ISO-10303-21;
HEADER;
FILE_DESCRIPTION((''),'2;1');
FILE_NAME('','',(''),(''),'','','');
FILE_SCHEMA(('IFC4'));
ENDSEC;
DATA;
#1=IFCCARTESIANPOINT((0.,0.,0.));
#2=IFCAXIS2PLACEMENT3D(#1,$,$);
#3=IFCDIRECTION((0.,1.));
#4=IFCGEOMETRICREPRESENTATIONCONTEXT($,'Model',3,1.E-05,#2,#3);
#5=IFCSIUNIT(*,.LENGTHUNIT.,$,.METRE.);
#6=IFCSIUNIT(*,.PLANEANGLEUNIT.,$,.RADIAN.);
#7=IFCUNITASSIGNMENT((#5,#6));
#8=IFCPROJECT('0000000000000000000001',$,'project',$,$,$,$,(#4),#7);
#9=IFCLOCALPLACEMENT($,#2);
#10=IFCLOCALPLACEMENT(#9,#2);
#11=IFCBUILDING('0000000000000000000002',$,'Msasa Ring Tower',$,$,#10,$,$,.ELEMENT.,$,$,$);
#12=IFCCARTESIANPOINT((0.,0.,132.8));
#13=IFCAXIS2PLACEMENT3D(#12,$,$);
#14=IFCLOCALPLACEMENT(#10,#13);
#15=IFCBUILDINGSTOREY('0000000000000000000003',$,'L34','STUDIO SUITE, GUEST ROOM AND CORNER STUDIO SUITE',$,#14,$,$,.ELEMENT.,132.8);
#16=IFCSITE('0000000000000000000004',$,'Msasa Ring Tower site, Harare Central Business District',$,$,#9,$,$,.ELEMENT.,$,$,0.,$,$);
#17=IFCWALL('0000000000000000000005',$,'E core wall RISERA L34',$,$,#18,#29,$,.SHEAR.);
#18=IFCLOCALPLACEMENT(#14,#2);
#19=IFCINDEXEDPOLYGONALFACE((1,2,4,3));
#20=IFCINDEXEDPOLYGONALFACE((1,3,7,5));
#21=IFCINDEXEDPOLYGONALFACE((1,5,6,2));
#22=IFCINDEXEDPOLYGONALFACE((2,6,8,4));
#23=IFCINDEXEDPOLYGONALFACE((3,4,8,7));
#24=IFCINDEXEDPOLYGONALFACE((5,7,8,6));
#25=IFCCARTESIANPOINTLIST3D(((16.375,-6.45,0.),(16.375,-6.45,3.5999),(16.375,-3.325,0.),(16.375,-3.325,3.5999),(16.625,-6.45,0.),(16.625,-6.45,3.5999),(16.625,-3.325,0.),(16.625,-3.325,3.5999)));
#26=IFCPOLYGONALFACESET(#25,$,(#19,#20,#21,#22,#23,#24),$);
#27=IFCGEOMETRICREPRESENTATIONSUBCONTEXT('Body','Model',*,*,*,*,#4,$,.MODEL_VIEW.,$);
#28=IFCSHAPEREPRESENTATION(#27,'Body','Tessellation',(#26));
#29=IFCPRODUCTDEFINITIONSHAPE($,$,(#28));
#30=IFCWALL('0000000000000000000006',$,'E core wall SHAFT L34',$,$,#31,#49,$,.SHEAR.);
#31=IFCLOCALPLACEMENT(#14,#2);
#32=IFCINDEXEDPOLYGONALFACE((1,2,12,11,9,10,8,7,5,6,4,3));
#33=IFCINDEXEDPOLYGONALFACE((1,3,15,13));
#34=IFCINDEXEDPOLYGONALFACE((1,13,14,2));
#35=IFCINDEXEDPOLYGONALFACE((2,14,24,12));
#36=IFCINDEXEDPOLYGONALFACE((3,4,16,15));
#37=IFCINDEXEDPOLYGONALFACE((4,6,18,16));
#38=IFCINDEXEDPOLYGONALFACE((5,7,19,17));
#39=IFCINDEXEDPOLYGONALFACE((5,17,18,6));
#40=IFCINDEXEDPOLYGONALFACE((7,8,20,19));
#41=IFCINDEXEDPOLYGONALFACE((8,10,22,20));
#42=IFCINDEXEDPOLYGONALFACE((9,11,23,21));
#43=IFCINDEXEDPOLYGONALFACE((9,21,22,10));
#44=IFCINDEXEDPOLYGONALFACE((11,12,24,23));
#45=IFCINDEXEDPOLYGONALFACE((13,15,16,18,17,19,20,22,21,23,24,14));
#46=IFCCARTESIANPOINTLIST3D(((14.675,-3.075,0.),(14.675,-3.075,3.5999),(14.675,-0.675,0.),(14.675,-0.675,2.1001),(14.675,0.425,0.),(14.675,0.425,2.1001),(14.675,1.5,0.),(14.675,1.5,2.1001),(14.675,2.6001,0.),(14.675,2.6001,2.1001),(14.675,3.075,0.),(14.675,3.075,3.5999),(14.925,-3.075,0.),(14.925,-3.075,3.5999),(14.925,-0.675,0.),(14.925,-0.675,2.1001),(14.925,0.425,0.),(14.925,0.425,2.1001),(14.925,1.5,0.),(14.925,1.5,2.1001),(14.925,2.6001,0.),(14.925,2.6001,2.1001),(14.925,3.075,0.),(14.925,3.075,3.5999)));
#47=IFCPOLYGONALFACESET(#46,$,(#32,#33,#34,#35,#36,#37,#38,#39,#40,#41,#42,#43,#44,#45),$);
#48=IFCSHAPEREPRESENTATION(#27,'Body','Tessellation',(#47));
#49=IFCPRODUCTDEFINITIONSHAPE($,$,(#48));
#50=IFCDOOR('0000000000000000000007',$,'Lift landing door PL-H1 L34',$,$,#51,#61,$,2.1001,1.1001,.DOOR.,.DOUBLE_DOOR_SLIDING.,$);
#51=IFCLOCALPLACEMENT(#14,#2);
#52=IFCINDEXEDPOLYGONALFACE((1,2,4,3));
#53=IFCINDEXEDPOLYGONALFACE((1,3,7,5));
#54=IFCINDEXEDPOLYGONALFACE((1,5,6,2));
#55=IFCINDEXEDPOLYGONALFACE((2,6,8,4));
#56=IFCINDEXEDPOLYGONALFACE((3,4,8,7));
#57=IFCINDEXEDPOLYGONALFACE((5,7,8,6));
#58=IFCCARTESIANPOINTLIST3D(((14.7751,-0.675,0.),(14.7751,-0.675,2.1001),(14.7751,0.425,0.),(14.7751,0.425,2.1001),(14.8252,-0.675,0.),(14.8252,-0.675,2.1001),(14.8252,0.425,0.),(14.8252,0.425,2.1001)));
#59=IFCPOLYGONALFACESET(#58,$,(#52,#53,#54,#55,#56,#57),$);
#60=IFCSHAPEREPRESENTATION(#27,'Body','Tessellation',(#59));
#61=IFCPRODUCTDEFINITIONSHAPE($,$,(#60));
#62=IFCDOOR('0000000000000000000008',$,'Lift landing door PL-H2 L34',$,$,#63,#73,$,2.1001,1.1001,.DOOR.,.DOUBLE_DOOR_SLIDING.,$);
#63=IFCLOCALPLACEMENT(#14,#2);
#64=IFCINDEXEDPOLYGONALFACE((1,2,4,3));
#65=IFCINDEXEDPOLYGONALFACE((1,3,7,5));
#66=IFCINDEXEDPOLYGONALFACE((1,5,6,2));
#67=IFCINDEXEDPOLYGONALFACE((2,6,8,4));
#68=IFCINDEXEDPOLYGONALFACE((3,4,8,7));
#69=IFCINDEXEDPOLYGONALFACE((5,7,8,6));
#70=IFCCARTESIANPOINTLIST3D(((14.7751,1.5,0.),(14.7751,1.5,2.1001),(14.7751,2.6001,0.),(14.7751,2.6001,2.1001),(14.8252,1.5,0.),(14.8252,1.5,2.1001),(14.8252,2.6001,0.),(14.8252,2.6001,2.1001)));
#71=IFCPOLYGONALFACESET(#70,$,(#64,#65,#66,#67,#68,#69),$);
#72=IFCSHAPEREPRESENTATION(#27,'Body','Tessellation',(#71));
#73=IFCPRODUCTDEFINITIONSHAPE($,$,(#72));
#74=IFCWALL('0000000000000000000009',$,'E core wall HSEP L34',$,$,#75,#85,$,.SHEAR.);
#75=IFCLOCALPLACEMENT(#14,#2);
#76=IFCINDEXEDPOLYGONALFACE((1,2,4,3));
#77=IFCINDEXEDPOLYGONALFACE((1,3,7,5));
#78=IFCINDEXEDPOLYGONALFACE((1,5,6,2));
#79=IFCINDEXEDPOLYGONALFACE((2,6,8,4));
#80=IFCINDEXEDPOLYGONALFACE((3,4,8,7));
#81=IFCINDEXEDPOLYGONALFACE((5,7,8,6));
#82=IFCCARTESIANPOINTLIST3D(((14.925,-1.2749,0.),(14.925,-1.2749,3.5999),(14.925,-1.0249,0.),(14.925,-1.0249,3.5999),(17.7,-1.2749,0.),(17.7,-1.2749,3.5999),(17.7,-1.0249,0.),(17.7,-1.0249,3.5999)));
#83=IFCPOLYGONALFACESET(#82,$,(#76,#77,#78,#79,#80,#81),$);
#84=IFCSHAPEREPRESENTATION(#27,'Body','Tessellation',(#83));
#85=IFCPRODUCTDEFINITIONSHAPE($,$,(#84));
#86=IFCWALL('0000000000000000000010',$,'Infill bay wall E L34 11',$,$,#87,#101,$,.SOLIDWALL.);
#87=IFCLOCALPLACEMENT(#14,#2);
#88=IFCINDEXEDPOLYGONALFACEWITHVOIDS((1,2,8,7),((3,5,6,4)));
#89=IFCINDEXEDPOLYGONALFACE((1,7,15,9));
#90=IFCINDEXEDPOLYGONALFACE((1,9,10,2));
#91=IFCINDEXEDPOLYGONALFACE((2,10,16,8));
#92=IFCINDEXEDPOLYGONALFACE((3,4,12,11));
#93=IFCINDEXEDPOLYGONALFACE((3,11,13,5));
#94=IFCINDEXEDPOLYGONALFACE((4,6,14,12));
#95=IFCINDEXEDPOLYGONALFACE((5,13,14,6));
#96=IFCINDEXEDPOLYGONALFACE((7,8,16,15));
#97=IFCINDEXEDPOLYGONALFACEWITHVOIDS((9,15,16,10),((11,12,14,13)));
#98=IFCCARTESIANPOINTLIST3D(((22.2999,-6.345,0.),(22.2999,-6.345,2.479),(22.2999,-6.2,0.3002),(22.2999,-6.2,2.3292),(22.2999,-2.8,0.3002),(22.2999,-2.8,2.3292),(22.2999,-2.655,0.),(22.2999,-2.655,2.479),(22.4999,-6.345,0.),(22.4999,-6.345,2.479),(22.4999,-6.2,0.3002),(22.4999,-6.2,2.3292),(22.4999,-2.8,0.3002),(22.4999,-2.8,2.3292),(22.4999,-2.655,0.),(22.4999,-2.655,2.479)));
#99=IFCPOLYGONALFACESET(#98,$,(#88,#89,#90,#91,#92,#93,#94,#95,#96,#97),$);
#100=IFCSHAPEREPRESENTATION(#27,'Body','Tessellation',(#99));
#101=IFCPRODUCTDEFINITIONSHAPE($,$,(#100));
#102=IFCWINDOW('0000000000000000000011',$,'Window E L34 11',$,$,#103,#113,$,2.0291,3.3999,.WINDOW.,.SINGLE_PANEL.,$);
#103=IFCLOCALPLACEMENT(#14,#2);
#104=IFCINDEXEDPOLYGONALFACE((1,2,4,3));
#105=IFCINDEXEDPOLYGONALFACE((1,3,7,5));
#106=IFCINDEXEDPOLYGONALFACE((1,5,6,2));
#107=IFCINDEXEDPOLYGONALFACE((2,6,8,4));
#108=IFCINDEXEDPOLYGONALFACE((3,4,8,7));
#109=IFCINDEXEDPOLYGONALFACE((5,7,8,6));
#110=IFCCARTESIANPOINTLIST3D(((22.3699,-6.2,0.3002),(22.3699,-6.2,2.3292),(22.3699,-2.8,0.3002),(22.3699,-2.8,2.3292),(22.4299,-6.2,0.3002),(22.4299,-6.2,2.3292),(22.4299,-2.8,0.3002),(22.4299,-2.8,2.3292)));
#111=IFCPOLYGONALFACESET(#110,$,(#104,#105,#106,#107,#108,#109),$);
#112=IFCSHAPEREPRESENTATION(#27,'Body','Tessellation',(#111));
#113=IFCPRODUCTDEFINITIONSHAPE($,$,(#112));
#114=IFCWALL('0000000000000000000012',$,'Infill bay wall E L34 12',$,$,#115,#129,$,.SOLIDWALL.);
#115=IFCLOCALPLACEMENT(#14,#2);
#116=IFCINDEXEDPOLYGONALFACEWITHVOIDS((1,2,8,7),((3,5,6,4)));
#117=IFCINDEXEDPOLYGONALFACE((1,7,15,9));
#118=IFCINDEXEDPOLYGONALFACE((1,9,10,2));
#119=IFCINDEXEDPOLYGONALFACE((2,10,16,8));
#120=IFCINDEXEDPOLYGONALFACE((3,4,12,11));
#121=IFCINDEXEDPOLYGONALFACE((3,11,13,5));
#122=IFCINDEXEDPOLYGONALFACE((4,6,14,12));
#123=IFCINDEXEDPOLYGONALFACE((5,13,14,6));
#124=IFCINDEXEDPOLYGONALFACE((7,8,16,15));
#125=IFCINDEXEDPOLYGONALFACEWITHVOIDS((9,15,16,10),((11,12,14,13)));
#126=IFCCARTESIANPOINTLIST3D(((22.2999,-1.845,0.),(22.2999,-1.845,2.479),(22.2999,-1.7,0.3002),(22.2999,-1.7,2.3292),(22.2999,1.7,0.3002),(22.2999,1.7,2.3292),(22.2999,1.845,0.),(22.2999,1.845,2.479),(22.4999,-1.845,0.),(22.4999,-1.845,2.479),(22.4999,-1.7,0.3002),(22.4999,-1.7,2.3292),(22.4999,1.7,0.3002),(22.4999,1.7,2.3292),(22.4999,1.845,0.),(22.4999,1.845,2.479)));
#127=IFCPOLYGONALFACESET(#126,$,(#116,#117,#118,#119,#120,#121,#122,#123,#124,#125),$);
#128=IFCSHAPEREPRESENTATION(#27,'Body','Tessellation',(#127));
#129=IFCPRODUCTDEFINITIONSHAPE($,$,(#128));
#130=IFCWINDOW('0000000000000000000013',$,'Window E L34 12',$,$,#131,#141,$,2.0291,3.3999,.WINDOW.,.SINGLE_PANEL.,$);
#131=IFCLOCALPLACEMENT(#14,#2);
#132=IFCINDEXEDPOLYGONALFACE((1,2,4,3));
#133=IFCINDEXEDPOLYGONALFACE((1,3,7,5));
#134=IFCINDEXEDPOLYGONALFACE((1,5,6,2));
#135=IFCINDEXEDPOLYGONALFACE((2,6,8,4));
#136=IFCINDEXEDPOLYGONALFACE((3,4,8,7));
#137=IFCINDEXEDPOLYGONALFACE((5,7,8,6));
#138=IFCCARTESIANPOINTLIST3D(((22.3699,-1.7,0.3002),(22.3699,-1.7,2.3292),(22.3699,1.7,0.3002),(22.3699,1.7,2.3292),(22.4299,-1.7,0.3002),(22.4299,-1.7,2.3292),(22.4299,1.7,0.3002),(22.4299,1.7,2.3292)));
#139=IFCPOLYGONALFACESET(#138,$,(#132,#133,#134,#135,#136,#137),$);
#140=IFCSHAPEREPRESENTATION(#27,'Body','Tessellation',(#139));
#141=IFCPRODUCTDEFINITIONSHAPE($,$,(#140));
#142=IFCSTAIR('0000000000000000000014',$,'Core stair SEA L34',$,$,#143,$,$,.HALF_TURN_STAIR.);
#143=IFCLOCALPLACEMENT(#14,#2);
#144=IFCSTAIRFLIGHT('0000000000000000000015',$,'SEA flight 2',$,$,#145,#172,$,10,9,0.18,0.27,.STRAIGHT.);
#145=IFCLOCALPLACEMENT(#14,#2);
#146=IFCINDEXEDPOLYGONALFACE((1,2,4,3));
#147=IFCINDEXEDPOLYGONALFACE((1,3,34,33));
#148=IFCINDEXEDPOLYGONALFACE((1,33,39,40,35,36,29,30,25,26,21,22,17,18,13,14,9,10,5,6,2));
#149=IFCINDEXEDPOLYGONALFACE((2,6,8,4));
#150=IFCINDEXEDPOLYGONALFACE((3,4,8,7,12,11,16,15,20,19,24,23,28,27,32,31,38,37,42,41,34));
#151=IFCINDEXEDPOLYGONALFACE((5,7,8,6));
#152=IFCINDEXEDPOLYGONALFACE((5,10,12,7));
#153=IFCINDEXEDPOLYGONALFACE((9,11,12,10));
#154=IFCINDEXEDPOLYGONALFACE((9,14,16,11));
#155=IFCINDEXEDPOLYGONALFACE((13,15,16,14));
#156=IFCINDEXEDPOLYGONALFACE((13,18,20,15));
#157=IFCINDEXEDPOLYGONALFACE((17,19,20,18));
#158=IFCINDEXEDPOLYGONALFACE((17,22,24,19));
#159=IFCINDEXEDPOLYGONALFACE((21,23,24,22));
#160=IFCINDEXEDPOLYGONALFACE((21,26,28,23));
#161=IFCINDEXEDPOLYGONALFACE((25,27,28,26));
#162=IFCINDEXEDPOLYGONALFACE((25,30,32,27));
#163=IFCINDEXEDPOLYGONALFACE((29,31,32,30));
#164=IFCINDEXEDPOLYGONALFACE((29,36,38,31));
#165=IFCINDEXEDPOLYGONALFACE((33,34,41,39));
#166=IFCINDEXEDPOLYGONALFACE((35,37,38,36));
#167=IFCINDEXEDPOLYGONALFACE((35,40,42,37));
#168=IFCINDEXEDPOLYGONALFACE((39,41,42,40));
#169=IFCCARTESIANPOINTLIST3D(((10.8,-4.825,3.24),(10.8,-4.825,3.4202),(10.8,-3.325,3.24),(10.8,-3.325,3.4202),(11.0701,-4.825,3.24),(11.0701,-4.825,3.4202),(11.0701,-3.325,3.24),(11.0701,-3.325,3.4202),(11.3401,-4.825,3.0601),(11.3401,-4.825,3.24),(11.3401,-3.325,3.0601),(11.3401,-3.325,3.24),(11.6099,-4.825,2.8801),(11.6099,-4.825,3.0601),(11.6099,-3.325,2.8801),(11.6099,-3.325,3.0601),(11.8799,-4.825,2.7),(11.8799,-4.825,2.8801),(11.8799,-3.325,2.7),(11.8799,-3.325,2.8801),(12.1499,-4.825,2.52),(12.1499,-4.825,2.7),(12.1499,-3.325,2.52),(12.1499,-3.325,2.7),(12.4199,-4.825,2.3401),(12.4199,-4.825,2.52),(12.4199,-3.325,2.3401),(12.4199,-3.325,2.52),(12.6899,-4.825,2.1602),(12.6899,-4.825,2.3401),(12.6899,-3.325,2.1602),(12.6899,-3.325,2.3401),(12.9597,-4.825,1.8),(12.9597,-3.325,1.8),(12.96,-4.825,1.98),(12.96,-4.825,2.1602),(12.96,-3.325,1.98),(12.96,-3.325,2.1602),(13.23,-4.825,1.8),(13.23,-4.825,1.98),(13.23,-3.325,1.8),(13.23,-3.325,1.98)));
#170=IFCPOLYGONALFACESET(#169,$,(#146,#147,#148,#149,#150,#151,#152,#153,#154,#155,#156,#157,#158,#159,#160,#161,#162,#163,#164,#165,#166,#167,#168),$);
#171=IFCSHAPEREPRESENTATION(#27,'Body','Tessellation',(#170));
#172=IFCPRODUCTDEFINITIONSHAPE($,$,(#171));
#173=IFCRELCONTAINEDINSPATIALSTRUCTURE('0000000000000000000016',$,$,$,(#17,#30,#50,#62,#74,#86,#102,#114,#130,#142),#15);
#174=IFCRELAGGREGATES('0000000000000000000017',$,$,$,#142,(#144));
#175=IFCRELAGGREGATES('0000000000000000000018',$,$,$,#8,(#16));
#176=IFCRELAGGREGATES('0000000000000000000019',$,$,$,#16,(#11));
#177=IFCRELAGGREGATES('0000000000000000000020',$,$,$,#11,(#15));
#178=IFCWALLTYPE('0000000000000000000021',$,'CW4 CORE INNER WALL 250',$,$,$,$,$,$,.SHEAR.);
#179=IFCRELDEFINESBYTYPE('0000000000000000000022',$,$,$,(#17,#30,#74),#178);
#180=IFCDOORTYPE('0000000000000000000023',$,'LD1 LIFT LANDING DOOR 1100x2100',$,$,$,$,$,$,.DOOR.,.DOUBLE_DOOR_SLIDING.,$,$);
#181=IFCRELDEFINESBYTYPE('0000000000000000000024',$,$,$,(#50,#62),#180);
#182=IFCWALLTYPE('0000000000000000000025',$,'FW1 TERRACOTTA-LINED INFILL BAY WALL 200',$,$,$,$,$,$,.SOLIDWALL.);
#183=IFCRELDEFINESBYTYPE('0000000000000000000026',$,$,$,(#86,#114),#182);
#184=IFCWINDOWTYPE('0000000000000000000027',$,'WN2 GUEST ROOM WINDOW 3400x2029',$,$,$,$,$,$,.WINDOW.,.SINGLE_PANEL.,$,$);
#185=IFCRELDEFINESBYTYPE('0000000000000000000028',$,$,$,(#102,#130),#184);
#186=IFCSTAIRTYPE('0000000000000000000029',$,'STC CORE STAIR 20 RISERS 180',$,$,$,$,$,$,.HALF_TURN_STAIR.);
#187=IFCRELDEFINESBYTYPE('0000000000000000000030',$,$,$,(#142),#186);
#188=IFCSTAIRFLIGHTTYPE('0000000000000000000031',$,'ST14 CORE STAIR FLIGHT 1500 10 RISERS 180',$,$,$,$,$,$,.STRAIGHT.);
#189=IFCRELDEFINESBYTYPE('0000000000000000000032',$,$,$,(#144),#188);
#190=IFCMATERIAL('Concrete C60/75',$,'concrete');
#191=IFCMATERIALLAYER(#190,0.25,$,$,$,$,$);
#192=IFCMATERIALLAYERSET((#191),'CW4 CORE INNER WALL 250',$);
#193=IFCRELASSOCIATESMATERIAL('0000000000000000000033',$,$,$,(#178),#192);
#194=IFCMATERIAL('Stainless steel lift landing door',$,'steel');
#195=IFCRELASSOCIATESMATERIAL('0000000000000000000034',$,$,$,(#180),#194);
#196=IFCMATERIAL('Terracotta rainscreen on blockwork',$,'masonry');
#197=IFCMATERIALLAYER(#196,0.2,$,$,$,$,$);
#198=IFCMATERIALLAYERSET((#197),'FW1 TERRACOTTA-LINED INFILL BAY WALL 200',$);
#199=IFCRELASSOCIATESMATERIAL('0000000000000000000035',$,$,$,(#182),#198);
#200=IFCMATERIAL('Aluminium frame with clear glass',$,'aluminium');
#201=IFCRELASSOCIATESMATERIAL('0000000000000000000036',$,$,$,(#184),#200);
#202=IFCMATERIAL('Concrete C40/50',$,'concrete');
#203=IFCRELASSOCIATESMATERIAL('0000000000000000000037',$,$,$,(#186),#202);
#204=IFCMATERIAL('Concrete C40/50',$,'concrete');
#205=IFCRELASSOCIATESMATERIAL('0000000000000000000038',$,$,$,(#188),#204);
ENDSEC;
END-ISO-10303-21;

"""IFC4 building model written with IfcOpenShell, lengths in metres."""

from ifc_helpers import new_model, si_unit, direction, frame, frame_2d, origin, place, context, subcontext, project, spatial, polyline, rectangle, outline, extrude, material, layer, layer_set, type_object, element, fill, aggregate, save


model = new_model("IFC4")

# Units and contexts
model_context = context("Model", 3, precision=1e-05, world=origin(), true_north=direction((0.0, 1.0)))
body_context = subcontext(model_context, "Body", "Model", "MODEL_VIEW")
ifc_project = project(units=[si_unit("LENGTHUNIT", "METRE"), si_unit("PLANEANGLEUNIT", "RADIAN")], contexts=[model_context])

# Site, building, storey
site_placement = place(None, origin())
site = spatial("IfcSite", under=ifc_project, at=site_placement, Name="Msasa Ring Tower site, Harare Central Business District", CompositionType="ELEMENT", RefElevation=0.0)
building_placement = place(site_placement, origin())
building = spatial("IfcBuilding", under=site, at=building_placement, Name="Msasa Ring Tower", CompositionType="ELEMENT")
storey_placement = place(building_placement, frame((0.0, 0.0, 132.8)))
storey = spatial("IfcBuildingStorey", under=building, at=storey_placement, Name="L34", Description="STUDIO SUITE, GUEST ROOM AND CORNER STUDIO SUITE", CompositionType="ELEMENT", Elevation=132.8)

# Wall
ifc_material_1 = material(Name="Concrete C60/75", Category="concrete")
ifc_layer_1 = layer(ifc_material_1, 0.25)
ifc_layer_set_1 = layer_set([ifc_layer_1], Name="CW4 CORE INNER WALL 250")
wall_type_1 = type_object("IfcWallType", Name="CW4 CORE INNER WALL 250", PredefinedType="SHEAR", material=ifc_layer_set_1)
wall_1_placement = place(storey_placement, frame((16.5, -6.45, 0.0), z_axis=(0.0, 0.0, 1.0), x_axis=(0.0, 1.0, 0.0)))
element("IfcWall", 1, at=wall_1_placement, inside=storey, type_object=wall_type_1, Name="E core wall RISERA L34", PredefinedType="SHEAR", context=body_context, shape_type="SweptSolid", body=[
    extrude(rectangle(XDim=3.125, YDim=0.25, at=frame_2d((1.5625, 0.0))), origin(), (0.0, 0.0, 1.0), 3.5999),
])

# Wall, openings, doors
wall_2_placement = place(storey_placement, frame((14.8, -3.075, 0.0), z_axis=(0.0, 0.0, 1.0), x_axis=(0.0, 1.0, 0.0)))
wall_2 = element("IfcWall", 2, at=wall_2_placement, inside=storey, type_object=wall_type_1, Name="E core wall SHAFT L34", PredefinedType="SHEAR", context=body_context, shape_type="SweptSolid", body=[
    extrude(rectangle(XDim=6.1499, YDim=0.25, at=frame_2d((3.075, 0.0))), origin(), (0.0, 0.0, 1.0), 3.5999),
])
opening_1_placement = place(wall_2_placement, frame((2.3999, 0.0, 0.0)))
opening_1 = element("IfcOpeningElement", 3, at=opening_1_placement, cuts=wall_2, PredefinedType="OPENING", context=body_context, shape_type="SweptSolid", body=[
    extrude(rectangle(XDim=1.1001, YDim=2.1001, at=frame_2d((0.55, 1.05))), frame((0.0, 0.135, 0.0), z_axis=(0.0, -1.0, 0.0), x_axis=(1.0, 0.0, 0.0)), (0.0, 0.0, 1.0), 0.27),
])
opening_2_placement = place(wall_2_placement, frame((4.575, 0.0, 0.0)))
opening_2 = element("IfcOpeningElement", 4, at=opening_2_placement, cuts=wall_2, PredefinedType="OPENING", context=body_context, shape_type="SweptSolid", body=[
    extrude(rectangle(XDim=1.1001, YDim=2.1001, at=frame_2d((0.55, 1.05))), frame((0.0, 0.135, 0.0), z_axis=(0.0, -1.0, 0.0), x_axis=(1.0, 0.0, 0.0)), (0.0, 0.0, 1.0), 0.27),
])
ifc_material_2 = material(Name="Stainless steel lift landing door", Category="steel")
door_type = type_object("IfcDoorType", Name="LD1 LIFT LANDING DOOR 1100x2100", OperationType="DOUBLE_DOOR_SLIDING", PredefinedType="DOOR", material=ifc_material_2)
door_1_placement = place(opening_1_placement, origin())
door_1 = element("IfcDoor", 5, at=door_1_placement, inside=storey, type_object=door_type, Name="Lift landing door PL-H1 L34", OperationType="DOUBLE_DOOR_SLIDING", OverallHeight=2.1001, OverallWidth=1.1001, PredefinedType="DOOR", context=body_context, shape_type="SweptSolid", body=[
    extrude(rectangle(XDim=1.1001, YDim=2.1001, at=frame_2d((0.55, 1.05))), frame((0.0, 0.0249, 0.0), z_axis=(0.0, -1.0, 0.0), x_axis=(1.0, 0.0, 0.0)), (0.0, 0.0, 1.0), 0.05),
])
fill(opening_1, door_1)
door_2_placement = place(opening_2_placement, origin())
door_2 = element("IfcDoor", 6, at=door_2_placement, inside=storey, type_object=door_type, Name="Lift landing door PL-H2 L34", OperationType="DOUBLE_DOOR_SLIDING", OverallHeight=2.1001, OverallWidth=1.1001, PredefinedType="DOOR", context=body_context, shape_type="SweptSolid", body=[
    extrude(rectangle(XDim=1.1001, YDim=2.1001, at=frame_2d((0.55, 1.05))), frame((0.0, 0.0249, 0.0), z_axis=(0.0, -1.0, 0.0), x_axis=(1.0, 0.0, 0.0)), (0.0, 0.0, 1.0), 0.05),
])
fill(opening_2, door_2)

# Wall
wall_3_placement = place(storey_placement, frame((14.925, -1.1499, 0.0), z_axis=(0.0, 0.0, 1.0), x_axis=(1.0, 0.0, 0.0)))
element("IfcWall", 7, at=wall_3_placement, inside=storey, type_object=wall_type_1, Name="E core wall HSEP L34", PredefinedType="SHEAR", context=body_context, shape_type="SweptSolid", body=[
    extrude(rectangle(XDim=2.7749, YDim=0.25, at=frame_2d((1.3875, 0.0))), origin(), (0.0, 0.0, 1.0), 3.5999),
])

# Walls, openings, windows
ifc_material_3 = material(Name="Terracotta rainscreen on blockwork", Category="masonry")
ifc_layer_2 = layer(ifc_material_3, 0.2)
ifc_layer_set_2 = layer_set([ifc_layer_2], Name="FW1 TERRACOTTA-LINED INFILL BAY WALL 200")
wall_type_2 = type_object("IfcWallType", Name="FW1 TERRACOTTA-LINED INFILL BAY WALL 200", PredefinedType="SOLIDWALL", material=ifc_layer_set_2)
wall_4_placement = place(storey_placement, frame((22.3999, -6.345, 0.0), z_axis=(0.0, 0.0, 1.0), x_axis=(0.0, 1.0, 0.0)))
wall_4 = element("IfcWall", 8, at=wall_4_placement, inside=storey, type_object=wall_type_2, Name="Infill bay wall E L34 11", PredefinedType="SOLIDWALL", context=body_context, shape_type="SweptSolid", body=[
    extrude(rectangle(XDim=3.6899, YDim=0.2, at=frame_2d((1.845, 0.0))), origin(), (0.0, 0.0, 1.0), 2.479),
])
opening_3_placement = place(wall_4_placement, frame((0.145, 0.0, 0.3)))
opening_3 = element("IfcOpeningElement", 9, at=opening_3_placement, cuts=wall_4, PredefinedType="OPENING", context=body_context, shape_type="SweptSolid", body=[
    extrude(rectangle(XDim=3.3999, YDim=2.0291, at=frame_2d((1.7, 1.0146))), frame((0.0, 0.1099, 0.0), z_axis=(0.0, -1.0, 0.0), x_axis=(1.0, 0.0, 0.0)), (0.0, 0.0, 1.0), 0.22),
])
ifc_material_4 = material(Name="Aluminium frame with clear glass", Category="aluminium")
window_type = type_object("IfcWindowType", Name="WN2 GUEST ROOM WINDOW 3400x2029", PartitioningType="SINGLE_PANEL", PredefinedType="WINDOW", material=ifc_material_4)
window_1_placement = place(opening_3_placement, origin())
window_1 = element("IfcWindow", 10, at=window_1_placement, inside=storey, type_object=window_type, Name="Window E L34 11", OverallHeight=2.0291, OverallWidth=3.3999, PartitioningType="SINGLE_PANEL", PredefinedType="WINDOW", context=body_context, shape_type="SweptSolid", body=[
    extrude(rectangle(XDim=3.3999, YDim=2.0291, at=frame_2d((1.7, 1.0146))), frame((0.0, 0.03, 0.0), z_axis=(0.0, -1.0, 0.0), x_axis=(1.0, 0.0, 0.0)), (0.0, 0.0, 1.0), 0.0601),
])
fill(opening_3, window_1)
wall_5_placement = place(storey_placement, frame((22.3999, -1.845, 0.0), z_axis=(0.0, 0.0, 1.0), x_axis=(0.0, 1.0, 0.0)))
wall_5 = element("IfcWall", 11, at=wall_5_placement, inside=storey, type_object=wall_type_2, Name="Infill bay wall E L34 12", PredefinedType="SOLIDWALL", context=body_context, shape_type="SweptSolid", body=[
    extrude(rectangle(XDim=3.6899, YDim=0.2, at=frame_2d((1.845, 0.0))), origin(), (0.0, 0.0, 1.0), 2.479),
])
opening_4_placement = place(wall_5_placement, frame((0.145, 0.0, 0.3)))
opening_4 = element("IfcOpeningElement", 12, at=opening_4_placement, cuts=wall_5, PredefinedType="OPENING", context=body_context, shape_type="SweptSolid", body=[
    extrude(rectangle(XDim=3.3999, YDim=2.0291, at=frame_2d((1.7, 1.0146))), frame((0.0, 0.1099, 0.0), z_axis=(0.0, -1.0, 0.0), x_axis=(1.0, 0.0, 0.0)), (0.0, 0.0, 1.0), 0.22),
])
window_2_placement = place(opening_4_placement, origin())
window_2 = element("IfcWindow", 13, at=window_2_placement, inside=storey, type_object=window_type, Name="Window E L34 12", OverallHeight=2.0291, OverallWidth=3.3999, PartitioningType="SINGLE_PANEL", PredefinedType="WINDOW", context=body_context, shape_type="SweptSolid", body=[
    extrude(rectangle(XDim=3.3999, YDim=2.0291, at=frame_2d((1.7, 1.0146))), frame((0.0, 0.03, 0.0), z_axis=(0.0, -1.0, 0.0), x_axis=(1.0, 0.0, 0.0)), (0.0, 0.0, 1.0), 0.0601),
])
fill(opening_4, window_2)

# Stair, stair flight
ifc_material_5 = material(Name="Concrete C40/50", Category="concrete")
stair_type = type_object("IfcStairType", Name="STC CORE STAIR 20 RISERS 180", PredefinedType="HALF_TURN_STAIR", material=ifc_material_5)
stair_placement = place(storey_placement, origin())
stair = element("IfcStair", 14, at=stair_placement, inside=storey, type_object=stair_type, Name="Core stair SEA L34", PredefinedType="HALF_TURN_STAIR")
ifc_material_6 = material(Name="Concrete C40/50", Category="concrete")
stair_flight_type = type_object("IfcStairFlightType", Name="ST14 CORE STAIR FLIGHT 1500 10 RISERS 180", PredefinedType="STRAIGHT", material=ifc_material_6)
stair_flight_placement = place(storey_placement, frame((13.23, -4.075, 1.8), z_axis=(0.0, 0.0, 1.0), x_axis=(-1.0, 0.0, 0.0)))
stair_flight = element("IfcStairFlight", 15, at=stair_flight_placement, type_object=stair_flight_type, Name="SEA flight 2", NumberOfRisers=10, NumberOfTreads=9, PredefinedType="STRAIGHT", RiserHeight=0.18, TreadLength=0.27, context=body_context, shape_type="SweptSolid", body=[
    extrude(outline(polyline([(0.0, 0.0), (0.0, 0.1799), (0.27, 0.1799), (0.27, 0.3601), (0.54, 0.3601), (0.54, 0.54), (0.8101, 0.54), (0.8101, 0.72), (1.0801, 0.72), (1.0801, 0.8999), (1.3501, 0.8999), (1.3501, 1.0801), (1.6201, 1.0801), (1.6201, 1.26), (1.8899, 1.26), (1.8899, 1.4399), (2.1599, 1.4399), (2.1599, 1.6201), (2.4299, 1.6201), (2.4299, 1.8), (2.4299, 1.4399), (0.2703, 0.0), (0.0, 0.0)])), frame((0.0, 0.75, 0.0), z_axis=(0.0, -1.0, 0.0), x_axis=(1.0, 0.0, 0.0)), (0.0, 0.0, 1.0), 1.5),
])
aggregate(stair, [stair_flight])

save(model, "model.ifc")
